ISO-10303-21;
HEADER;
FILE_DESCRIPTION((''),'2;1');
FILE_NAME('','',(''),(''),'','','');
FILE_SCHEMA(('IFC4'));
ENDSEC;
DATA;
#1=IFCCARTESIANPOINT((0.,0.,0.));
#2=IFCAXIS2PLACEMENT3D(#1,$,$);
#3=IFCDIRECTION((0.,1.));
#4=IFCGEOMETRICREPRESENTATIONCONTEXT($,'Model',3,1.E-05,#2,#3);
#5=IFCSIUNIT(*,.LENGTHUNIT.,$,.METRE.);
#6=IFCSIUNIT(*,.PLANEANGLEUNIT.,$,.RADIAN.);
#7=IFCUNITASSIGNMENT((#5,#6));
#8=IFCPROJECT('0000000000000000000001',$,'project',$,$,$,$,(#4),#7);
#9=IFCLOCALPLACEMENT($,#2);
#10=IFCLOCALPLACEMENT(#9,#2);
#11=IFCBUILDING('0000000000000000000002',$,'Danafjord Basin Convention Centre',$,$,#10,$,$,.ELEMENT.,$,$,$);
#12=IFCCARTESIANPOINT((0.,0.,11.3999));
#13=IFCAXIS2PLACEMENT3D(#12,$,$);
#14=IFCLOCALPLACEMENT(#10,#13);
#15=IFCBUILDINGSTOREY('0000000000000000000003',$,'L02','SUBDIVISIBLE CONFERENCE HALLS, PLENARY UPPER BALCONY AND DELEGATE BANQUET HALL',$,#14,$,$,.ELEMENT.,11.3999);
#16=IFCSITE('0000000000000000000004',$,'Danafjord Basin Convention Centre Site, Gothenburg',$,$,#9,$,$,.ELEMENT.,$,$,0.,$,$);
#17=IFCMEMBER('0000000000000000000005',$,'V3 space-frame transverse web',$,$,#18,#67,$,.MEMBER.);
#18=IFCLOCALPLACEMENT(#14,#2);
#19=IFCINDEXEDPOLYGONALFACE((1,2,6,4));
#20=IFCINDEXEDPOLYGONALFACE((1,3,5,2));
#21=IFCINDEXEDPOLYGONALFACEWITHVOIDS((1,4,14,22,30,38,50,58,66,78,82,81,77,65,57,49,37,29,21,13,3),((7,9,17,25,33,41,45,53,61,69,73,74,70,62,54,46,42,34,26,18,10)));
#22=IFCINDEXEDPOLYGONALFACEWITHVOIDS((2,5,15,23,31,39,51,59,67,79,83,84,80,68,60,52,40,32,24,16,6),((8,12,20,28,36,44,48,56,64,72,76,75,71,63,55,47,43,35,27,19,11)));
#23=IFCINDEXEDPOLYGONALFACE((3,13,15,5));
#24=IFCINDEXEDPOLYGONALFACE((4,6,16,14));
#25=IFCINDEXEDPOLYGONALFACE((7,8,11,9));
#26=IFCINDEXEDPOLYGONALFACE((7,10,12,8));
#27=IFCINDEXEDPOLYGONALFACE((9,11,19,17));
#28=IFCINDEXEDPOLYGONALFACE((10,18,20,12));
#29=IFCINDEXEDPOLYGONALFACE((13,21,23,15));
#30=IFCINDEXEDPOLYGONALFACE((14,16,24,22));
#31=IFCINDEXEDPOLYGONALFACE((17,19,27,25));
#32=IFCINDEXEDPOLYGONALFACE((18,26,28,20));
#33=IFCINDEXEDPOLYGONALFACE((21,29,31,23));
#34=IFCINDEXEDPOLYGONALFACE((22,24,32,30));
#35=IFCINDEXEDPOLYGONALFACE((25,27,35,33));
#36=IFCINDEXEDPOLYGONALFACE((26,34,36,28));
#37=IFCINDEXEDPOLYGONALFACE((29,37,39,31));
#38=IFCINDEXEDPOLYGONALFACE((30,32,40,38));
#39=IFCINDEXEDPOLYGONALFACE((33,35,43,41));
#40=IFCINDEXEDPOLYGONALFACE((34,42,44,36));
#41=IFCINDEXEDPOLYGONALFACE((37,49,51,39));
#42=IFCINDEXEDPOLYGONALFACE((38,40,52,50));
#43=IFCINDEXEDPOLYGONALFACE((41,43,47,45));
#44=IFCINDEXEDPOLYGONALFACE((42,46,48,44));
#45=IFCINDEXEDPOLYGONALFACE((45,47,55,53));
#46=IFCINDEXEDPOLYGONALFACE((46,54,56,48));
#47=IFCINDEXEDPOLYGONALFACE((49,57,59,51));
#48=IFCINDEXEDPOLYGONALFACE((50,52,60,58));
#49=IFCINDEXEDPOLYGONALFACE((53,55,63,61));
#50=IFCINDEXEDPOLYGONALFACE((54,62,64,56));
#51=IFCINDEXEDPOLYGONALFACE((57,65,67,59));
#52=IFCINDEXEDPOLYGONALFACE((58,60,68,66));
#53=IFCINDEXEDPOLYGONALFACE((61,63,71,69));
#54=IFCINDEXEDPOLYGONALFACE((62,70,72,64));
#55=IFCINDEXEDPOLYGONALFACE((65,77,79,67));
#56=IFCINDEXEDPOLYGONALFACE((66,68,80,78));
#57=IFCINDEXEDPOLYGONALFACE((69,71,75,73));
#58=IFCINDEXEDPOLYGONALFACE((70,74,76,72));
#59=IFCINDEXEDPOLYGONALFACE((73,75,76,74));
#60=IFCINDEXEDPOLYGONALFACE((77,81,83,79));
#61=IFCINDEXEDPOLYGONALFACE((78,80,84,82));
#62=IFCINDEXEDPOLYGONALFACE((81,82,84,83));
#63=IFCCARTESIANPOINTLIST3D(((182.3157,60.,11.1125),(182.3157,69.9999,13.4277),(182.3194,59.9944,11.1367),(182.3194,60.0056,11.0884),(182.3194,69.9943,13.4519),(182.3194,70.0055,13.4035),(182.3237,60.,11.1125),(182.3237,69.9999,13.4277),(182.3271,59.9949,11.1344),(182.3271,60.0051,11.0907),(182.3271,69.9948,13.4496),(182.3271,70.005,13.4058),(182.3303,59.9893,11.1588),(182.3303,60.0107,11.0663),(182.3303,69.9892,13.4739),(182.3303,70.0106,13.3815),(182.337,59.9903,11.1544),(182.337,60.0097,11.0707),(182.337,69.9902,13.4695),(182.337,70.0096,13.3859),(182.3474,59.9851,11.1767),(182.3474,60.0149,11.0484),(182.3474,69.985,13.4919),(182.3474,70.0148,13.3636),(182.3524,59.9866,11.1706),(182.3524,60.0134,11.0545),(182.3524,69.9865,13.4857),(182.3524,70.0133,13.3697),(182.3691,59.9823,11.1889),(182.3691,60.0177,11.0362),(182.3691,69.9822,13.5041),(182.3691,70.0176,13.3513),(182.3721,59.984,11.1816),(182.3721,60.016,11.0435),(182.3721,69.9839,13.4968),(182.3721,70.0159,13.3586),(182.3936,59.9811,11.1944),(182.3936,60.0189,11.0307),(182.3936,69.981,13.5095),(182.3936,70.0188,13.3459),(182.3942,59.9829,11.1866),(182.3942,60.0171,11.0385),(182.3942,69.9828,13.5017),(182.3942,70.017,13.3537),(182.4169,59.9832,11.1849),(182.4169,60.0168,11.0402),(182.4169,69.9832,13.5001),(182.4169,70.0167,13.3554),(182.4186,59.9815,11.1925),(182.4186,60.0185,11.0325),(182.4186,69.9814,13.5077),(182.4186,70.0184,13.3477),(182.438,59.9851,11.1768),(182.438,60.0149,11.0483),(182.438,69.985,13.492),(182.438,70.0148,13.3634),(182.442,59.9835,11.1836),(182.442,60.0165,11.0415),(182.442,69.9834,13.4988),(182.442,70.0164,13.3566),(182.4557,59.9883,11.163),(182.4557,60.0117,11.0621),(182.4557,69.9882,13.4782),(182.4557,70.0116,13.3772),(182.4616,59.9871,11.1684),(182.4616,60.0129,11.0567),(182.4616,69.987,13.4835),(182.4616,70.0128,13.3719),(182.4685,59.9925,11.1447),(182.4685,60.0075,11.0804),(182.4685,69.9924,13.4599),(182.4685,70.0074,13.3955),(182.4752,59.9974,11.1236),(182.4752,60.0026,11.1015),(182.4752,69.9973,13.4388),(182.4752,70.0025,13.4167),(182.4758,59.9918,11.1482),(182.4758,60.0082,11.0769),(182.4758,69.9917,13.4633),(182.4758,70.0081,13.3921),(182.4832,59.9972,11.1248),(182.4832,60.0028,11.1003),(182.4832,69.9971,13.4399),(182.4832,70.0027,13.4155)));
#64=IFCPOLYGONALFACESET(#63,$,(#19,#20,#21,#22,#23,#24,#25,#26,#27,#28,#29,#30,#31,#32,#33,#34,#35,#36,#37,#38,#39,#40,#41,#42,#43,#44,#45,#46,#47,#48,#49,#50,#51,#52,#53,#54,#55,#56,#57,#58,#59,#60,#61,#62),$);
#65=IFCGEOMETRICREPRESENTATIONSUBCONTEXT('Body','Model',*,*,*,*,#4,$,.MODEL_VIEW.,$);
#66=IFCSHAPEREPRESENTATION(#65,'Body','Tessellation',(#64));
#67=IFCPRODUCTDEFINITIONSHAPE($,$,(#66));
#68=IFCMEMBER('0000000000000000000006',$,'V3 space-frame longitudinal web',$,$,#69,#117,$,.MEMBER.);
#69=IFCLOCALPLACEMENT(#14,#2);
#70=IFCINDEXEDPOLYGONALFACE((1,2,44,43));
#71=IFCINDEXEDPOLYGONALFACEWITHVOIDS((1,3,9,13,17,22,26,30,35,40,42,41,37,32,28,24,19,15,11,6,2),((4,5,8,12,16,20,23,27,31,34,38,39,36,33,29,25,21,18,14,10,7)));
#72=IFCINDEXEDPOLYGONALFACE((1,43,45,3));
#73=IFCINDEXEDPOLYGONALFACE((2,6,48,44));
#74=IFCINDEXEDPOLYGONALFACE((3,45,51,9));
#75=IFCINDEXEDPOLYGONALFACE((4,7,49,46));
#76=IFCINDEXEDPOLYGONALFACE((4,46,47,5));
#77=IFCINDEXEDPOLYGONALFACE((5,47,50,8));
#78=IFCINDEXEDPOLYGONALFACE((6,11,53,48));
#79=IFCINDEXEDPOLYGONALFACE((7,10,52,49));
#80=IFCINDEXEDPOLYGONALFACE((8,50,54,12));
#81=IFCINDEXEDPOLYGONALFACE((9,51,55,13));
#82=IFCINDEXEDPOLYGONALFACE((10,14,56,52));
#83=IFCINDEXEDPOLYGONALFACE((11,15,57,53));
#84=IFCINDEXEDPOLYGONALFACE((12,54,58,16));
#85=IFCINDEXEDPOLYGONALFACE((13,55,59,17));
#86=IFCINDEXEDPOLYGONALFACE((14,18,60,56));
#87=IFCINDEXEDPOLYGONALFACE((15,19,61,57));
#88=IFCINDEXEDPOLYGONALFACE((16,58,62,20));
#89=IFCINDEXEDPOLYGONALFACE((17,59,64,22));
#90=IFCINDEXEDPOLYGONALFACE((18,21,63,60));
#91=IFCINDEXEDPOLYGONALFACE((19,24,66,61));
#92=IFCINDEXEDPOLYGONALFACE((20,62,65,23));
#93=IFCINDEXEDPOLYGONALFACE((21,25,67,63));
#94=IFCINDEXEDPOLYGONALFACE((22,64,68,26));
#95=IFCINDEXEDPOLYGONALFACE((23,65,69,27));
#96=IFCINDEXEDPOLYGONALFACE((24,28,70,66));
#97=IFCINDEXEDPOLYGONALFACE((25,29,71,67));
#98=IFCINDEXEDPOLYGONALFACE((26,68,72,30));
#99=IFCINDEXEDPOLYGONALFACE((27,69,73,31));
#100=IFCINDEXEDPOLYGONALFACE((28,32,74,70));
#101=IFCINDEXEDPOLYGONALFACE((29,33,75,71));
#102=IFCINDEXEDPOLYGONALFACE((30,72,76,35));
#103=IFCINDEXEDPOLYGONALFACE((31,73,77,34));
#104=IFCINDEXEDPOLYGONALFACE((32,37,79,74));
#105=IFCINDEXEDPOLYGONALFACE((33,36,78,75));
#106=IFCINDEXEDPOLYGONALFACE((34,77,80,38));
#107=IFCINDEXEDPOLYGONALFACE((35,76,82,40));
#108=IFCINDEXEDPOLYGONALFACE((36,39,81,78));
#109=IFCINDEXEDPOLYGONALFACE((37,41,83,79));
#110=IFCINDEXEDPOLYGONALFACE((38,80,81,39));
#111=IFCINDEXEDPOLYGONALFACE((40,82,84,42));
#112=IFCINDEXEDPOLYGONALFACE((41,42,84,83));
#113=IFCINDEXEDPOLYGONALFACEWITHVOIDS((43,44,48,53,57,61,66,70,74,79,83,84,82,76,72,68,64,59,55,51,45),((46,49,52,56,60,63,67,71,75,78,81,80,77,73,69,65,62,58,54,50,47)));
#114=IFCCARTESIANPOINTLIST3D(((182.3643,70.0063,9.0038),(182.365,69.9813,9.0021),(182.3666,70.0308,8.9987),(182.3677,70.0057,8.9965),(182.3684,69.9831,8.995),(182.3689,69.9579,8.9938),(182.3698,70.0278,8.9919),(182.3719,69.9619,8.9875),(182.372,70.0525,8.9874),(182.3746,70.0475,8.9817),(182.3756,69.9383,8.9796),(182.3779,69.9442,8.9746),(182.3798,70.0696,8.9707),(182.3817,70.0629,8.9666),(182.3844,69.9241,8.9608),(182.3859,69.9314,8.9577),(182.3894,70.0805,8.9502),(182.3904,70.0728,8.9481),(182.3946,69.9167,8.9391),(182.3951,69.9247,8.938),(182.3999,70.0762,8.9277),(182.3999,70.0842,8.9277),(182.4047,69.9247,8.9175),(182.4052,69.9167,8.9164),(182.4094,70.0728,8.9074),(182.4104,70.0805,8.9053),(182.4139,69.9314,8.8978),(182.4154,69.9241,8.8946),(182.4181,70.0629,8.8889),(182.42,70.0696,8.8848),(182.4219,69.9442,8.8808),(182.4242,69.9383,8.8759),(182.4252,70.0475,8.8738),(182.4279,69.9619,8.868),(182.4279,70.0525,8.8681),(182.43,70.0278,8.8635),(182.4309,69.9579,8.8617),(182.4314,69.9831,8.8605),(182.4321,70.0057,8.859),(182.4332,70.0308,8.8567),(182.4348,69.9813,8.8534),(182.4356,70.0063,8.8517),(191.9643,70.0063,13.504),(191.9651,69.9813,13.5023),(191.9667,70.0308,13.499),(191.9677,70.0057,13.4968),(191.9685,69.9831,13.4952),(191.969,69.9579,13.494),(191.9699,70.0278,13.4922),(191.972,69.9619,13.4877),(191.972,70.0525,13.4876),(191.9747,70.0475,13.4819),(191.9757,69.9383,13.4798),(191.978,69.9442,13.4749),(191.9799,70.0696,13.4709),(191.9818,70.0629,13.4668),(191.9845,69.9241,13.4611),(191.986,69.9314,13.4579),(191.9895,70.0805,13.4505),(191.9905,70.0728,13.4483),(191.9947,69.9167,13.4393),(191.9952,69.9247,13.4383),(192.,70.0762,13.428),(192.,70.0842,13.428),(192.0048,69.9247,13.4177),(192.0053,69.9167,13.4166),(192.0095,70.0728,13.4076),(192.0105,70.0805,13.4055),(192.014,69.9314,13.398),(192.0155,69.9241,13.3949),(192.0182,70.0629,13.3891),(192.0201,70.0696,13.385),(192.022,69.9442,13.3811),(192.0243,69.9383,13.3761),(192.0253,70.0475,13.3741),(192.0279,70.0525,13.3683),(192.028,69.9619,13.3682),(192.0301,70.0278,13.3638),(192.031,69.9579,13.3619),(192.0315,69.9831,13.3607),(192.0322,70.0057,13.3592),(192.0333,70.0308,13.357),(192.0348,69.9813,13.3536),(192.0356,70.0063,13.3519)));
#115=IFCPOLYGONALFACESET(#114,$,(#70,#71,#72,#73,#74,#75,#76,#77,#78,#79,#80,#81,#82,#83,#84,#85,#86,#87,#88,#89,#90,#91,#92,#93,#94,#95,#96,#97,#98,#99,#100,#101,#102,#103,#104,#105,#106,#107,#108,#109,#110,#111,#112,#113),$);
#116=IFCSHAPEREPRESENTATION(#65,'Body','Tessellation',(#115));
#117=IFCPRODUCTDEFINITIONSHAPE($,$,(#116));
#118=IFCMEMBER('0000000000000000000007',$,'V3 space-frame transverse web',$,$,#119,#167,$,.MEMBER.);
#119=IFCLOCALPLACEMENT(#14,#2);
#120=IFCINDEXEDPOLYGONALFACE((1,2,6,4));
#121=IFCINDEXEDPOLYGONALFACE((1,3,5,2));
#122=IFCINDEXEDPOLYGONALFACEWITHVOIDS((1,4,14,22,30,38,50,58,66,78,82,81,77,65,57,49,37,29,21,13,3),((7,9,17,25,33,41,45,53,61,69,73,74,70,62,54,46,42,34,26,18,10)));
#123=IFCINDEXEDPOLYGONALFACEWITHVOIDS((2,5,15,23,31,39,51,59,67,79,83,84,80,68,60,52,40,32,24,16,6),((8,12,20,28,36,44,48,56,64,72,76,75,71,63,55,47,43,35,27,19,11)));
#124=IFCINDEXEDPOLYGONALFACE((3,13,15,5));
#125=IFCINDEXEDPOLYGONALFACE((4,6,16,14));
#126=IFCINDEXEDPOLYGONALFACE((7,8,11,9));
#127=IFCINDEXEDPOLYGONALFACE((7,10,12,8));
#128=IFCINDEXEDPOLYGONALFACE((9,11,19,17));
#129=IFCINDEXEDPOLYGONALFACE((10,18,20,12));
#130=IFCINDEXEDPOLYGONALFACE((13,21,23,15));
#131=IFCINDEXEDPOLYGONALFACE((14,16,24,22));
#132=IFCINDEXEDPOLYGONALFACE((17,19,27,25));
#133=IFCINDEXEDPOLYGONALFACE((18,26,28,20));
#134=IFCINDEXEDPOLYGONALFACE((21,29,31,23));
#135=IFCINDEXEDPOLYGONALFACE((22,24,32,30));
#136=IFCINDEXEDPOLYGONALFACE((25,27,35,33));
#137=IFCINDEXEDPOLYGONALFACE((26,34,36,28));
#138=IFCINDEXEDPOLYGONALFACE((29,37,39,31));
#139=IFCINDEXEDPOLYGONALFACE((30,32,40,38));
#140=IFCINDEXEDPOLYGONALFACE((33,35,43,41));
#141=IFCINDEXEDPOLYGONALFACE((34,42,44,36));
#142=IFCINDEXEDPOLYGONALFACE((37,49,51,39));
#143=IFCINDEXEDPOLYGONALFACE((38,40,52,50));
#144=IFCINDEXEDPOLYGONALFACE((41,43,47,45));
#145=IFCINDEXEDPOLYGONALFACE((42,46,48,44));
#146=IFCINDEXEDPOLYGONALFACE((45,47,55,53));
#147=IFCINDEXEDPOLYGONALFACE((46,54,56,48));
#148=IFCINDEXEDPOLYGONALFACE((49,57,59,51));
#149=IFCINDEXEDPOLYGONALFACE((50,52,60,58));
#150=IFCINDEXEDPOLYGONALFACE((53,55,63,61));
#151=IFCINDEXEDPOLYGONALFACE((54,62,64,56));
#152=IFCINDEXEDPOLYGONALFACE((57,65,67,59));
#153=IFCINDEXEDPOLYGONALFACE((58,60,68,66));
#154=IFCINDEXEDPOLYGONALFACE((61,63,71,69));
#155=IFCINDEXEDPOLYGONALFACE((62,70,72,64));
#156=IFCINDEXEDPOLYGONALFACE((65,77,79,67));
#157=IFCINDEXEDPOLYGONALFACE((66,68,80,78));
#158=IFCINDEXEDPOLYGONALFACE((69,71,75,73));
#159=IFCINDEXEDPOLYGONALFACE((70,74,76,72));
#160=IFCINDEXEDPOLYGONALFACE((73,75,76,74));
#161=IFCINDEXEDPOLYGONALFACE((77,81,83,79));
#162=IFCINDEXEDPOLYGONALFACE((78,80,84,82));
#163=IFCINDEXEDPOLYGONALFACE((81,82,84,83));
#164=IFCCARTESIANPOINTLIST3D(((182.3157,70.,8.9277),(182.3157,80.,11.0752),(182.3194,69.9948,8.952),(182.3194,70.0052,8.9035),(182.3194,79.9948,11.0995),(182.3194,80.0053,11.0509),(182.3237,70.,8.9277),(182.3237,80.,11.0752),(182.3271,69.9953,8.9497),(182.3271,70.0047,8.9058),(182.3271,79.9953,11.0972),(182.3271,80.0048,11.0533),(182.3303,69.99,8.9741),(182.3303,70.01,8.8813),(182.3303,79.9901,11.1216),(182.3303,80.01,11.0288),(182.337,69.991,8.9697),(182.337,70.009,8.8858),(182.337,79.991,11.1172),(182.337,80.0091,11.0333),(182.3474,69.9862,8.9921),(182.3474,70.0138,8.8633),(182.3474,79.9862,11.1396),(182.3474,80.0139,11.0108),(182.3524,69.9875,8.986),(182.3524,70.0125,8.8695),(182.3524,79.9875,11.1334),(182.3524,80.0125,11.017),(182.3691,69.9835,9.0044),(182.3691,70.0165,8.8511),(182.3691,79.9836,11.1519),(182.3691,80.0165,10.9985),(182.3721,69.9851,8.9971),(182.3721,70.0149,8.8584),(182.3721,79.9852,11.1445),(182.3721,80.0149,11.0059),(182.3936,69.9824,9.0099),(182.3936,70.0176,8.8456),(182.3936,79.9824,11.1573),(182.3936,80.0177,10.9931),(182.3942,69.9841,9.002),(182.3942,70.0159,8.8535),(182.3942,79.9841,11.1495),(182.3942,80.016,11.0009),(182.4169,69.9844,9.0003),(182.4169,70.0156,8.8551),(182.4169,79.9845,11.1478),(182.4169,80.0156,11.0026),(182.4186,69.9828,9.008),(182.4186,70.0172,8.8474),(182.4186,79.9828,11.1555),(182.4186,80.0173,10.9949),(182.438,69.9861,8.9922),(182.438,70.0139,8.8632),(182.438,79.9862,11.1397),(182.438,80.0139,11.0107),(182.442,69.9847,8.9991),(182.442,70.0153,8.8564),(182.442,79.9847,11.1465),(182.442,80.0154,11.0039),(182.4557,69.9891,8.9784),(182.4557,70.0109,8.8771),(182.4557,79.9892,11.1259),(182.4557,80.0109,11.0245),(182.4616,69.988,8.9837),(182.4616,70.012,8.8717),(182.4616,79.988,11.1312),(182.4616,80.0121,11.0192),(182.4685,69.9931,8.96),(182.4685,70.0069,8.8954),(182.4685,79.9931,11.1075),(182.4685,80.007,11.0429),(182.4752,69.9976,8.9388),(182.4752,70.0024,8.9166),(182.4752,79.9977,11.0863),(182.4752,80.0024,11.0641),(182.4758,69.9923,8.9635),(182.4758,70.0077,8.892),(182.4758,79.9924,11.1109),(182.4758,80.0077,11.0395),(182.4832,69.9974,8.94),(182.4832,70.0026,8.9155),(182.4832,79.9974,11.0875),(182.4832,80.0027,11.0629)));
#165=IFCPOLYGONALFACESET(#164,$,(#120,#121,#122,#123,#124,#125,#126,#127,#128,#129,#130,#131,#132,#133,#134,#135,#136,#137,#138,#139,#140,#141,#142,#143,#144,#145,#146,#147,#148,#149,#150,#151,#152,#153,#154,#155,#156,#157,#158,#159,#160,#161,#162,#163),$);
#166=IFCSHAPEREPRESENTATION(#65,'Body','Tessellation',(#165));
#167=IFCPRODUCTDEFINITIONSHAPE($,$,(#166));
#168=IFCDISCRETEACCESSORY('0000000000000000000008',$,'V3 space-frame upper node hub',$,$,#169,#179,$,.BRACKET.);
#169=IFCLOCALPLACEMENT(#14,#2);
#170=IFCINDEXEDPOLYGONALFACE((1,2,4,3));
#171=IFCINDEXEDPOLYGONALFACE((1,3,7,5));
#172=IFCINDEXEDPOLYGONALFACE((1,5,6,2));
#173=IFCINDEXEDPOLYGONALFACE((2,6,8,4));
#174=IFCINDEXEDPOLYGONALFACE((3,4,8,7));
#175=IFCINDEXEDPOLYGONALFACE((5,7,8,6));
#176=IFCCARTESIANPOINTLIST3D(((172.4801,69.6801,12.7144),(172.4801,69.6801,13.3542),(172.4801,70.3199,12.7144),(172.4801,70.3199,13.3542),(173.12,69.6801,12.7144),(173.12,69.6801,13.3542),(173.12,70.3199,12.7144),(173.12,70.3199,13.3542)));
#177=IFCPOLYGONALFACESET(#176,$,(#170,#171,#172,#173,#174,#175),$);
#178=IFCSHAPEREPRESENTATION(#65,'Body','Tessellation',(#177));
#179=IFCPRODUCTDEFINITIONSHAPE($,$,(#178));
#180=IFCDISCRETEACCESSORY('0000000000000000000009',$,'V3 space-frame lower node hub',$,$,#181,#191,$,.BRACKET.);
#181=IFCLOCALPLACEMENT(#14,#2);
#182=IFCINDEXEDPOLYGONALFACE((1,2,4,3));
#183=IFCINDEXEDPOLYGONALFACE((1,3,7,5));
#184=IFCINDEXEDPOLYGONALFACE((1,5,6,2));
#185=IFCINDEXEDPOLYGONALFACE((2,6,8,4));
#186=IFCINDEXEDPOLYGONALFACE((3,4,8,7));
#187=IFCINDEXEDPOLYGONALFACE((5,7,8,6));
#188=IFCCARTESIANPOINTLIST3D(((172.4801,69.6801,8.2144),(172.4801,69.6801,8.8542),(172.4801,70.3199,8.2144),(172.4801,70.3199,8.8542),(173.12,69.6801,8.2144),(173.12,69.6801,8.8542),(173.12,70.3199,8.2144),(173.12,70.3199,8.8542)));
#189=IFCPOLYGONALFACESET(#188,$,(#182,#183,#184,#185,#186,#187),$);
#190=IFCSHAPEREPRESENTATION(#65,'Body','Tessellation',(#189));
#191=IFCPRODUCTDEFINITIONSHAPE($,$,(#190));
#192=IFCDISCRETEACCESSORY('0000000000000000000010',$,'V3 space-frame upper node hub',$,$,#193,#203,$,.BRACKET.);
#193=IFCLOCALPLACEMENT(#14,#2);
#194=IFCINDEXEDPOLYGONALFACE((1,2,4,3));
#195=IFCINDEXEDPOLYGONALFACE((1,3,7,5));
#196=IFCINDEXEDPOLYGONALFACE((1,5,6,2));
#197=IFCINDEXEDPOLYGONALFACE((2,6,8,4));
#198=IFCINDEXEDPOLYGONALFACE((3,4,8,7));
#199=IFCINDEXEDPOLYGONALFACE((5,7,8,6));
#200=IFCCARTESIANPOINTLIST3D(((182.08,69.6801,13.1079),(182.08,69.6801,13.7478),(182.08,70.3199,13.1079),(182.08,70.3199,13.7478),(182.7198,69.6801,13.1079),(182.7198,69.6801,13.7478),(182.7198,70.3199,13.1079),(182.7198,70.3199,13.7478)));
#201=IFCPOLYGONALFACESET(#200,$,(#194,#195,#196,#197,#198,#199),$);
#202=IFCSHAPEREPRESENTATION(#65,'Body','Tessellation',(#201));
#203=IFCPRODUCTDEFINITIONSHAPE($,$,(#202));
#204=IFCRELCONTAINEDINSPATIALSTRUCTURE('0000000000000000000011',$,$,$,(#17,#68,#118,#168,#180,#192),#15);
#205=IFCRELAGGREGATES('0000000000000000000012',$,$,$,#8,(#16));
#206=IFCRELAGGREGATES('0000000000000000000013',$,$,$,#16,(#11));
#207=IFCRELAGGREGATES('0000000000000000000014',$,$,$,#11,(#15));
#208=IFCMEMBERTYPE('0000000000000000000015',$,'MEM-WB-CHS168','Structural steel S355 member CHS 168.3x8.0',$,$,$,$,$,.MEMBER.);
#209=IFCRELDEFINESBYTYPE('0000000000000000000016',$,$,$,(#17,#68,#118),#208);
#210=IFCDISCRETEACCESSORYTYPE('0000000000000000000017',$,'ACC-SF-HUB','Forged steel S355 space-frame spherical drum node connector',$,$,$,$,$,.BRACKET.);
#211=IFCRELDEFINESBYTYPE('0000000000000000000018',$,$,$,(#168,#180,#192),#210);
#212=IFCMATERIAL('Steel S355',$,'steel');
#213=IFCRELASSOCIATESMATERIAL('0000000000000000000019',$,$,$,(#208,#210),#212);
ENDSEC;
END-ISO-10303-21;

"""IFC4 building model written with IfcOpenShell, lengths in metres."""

from ifc_helpers import new_model, si_unit, direction, frame, origin, origin_2d, place, context, subcontext, project, spatial, rectangle, hollow_circle, extrude, material, material_profile, profile_set, type_object, element, save


model = new_model("IFC4")

# Units and contexts
model_context = context("Model", 3, precision=1e-05, world=origin(), true_north=direction((0.0, 1.0)))
body_context = subcontext(model_context, "Body", "Model", "MODEL_VIEW")
ifc_project = project(units=[si_unit("LENGTHUNIT", "METRE"), si_unit("PLANEANGLEUNIT", "RADIAN")], contexts=[model_context])

# Site, building, storey
site_placement = place(None, origin())
site = spatial("IfcSite", under=ifc_project, at=site_placement, Name="Danafjord Basin Convention Centre Site, Gothenburg", CompositionType="ELEMENT", RefElevation=0.0)
building_placement = place(site_placement, origin())
building = spatial("IfcBuilding", under=site, at=building_placement, Name="Danafjord Basin Convention Centre", CompositionType="ELEMENT")
storey_placement = place(building_placement, frame((0.0, 0.0, 11.3999)))
storey = spatial("IfcBuildingStorey", under=building, at=storey_placement, Name="L02", Description="SUBDIVISIBLE CONFERENCE HALLS, PLENARY UPPER BALCONY AND DELEGATE BANQUET HALL", CompositionType="ELEMENT", Elevation=11.3999)

# Members
ifc_material = material(Name="Steel S355", Category="steel")
ifc_material_profile_1 = material_profile(ifc_material, hollow_circle(Radius=0.0842, WallThickness=0.0081, at=origin_2d()), Name="CHS 168.3x8.0")
ifc_profile_set_1 = profile_set([ifc_material_profile_1], Name="Steel S355")
member_type_1 = type_object("IfcMemberType", Name="MEM-WB-CHS168", Description="Structural steel S355 member CHS 168.3x8.0", PredefinedType="MEMBER", material=ifc_profile_set_1)
member_1_placement = place(storey_placement, frame((182.3999, 60.0, 11.1125), z_axis=(0.0, 0.974231, 0.225553), x_axis=(-1.0, 0.0, 0.0)))
element("IfcMember", 1, at=member_1_placement, inside=storey, type_object=member_type_1, Name="V3 space-frame transverse web", PredefinedType="MEMBER", context=body_context, shape_type="SweptSolid", body=[
    extrude(hollow_circle(Radius=0.0842, WallThickness=0.0081, at=origin_2d()), origin(), (0.0, 0.0, 1.0), 10.2644),
])
member_2_placement = place(storey_placement, frame((182.3999, 70.0, 8.9277), z_axis=(0.905452, 0.0, 0.424449), x_axis=(0.0, 1.0, 0.0)))
element("IfcMember", 2, at=member_2_placement, inside=storey, type_object=member_type_1, Name="V3 space-frame longitudinal web", PredefinedType="MEMBER", context=body_context, shape_type="SweptSolid", body=[
    extrude(hollow_circle(Radius=0.0842, WallThickness=0.0081, at=origin_2d()), origin(), (0.0, 0.0, 1.0), 10.6025),
])
member_3_placement = place(storey_placement, frame((182.3999, 70.0, 8.9277), z_axis=(0.0, 0.97771, 0.209959), x_axis=(-1.0, 0.0, 0.0)))
element("IfcMember", 3, at=member_3_placement, inside=storey, type_object=member_type_1, Name="V3 space-frame transverse web", PredefinedType="MEMBER", context=body_context, shape_type="SweptSolid", body=[
    extrude(hollow_circle(Radius=0.0842, WallThickness=0.0081, at=origin_2d()), origin(), (0.0, 0.0, 1.0), 10.228),
])

# Discrete accessories
discrete_accessory_type = type_object("IfcDiscreteAccessoryType", Name="ACC-SF-HUB", Description="Forged steel S355 space-frame spherical drum node connector", PredefinedType="BRACKET", material=ifc_material)
for number, where, z_axis, x_axis, name in (
    (4, (172.8, 70.0, 12.7144), (0.0, 0.0, 1.0), (1.0, 0.0, 0.0), "V3 space-frame upper node hub"),
    (5, (172.8, 70.0, 8.2144), (0.0, 0.0, 1.0), (1.0, 0.0, 0.0), "V3 space-frame lower node hub"),
    (6, (182.3999, 70.0, 13.1079), (0.0, 0.0, 1.0), (1.0, 0.0, 0.0), "V3 space-frame upper node hub"),
):
    element("IfcDiscreteAccessory", number, at=place(storey_placement, frame(where, z_axis=z_axis, x_axis=x_axis)), inside=storey, type_object=discrete_accessory_type, Name=name, PredefinedType="BRACKET", context=body_context, shape_type="SweptSolid", body=[
        extrude(rectangle(XDim=0.6399, YDim=0.6399, at=origin_2d()), origin(), (0.0, 0.0, 1.0), 0.6399),
    ])

save(model, "model.ifc")
